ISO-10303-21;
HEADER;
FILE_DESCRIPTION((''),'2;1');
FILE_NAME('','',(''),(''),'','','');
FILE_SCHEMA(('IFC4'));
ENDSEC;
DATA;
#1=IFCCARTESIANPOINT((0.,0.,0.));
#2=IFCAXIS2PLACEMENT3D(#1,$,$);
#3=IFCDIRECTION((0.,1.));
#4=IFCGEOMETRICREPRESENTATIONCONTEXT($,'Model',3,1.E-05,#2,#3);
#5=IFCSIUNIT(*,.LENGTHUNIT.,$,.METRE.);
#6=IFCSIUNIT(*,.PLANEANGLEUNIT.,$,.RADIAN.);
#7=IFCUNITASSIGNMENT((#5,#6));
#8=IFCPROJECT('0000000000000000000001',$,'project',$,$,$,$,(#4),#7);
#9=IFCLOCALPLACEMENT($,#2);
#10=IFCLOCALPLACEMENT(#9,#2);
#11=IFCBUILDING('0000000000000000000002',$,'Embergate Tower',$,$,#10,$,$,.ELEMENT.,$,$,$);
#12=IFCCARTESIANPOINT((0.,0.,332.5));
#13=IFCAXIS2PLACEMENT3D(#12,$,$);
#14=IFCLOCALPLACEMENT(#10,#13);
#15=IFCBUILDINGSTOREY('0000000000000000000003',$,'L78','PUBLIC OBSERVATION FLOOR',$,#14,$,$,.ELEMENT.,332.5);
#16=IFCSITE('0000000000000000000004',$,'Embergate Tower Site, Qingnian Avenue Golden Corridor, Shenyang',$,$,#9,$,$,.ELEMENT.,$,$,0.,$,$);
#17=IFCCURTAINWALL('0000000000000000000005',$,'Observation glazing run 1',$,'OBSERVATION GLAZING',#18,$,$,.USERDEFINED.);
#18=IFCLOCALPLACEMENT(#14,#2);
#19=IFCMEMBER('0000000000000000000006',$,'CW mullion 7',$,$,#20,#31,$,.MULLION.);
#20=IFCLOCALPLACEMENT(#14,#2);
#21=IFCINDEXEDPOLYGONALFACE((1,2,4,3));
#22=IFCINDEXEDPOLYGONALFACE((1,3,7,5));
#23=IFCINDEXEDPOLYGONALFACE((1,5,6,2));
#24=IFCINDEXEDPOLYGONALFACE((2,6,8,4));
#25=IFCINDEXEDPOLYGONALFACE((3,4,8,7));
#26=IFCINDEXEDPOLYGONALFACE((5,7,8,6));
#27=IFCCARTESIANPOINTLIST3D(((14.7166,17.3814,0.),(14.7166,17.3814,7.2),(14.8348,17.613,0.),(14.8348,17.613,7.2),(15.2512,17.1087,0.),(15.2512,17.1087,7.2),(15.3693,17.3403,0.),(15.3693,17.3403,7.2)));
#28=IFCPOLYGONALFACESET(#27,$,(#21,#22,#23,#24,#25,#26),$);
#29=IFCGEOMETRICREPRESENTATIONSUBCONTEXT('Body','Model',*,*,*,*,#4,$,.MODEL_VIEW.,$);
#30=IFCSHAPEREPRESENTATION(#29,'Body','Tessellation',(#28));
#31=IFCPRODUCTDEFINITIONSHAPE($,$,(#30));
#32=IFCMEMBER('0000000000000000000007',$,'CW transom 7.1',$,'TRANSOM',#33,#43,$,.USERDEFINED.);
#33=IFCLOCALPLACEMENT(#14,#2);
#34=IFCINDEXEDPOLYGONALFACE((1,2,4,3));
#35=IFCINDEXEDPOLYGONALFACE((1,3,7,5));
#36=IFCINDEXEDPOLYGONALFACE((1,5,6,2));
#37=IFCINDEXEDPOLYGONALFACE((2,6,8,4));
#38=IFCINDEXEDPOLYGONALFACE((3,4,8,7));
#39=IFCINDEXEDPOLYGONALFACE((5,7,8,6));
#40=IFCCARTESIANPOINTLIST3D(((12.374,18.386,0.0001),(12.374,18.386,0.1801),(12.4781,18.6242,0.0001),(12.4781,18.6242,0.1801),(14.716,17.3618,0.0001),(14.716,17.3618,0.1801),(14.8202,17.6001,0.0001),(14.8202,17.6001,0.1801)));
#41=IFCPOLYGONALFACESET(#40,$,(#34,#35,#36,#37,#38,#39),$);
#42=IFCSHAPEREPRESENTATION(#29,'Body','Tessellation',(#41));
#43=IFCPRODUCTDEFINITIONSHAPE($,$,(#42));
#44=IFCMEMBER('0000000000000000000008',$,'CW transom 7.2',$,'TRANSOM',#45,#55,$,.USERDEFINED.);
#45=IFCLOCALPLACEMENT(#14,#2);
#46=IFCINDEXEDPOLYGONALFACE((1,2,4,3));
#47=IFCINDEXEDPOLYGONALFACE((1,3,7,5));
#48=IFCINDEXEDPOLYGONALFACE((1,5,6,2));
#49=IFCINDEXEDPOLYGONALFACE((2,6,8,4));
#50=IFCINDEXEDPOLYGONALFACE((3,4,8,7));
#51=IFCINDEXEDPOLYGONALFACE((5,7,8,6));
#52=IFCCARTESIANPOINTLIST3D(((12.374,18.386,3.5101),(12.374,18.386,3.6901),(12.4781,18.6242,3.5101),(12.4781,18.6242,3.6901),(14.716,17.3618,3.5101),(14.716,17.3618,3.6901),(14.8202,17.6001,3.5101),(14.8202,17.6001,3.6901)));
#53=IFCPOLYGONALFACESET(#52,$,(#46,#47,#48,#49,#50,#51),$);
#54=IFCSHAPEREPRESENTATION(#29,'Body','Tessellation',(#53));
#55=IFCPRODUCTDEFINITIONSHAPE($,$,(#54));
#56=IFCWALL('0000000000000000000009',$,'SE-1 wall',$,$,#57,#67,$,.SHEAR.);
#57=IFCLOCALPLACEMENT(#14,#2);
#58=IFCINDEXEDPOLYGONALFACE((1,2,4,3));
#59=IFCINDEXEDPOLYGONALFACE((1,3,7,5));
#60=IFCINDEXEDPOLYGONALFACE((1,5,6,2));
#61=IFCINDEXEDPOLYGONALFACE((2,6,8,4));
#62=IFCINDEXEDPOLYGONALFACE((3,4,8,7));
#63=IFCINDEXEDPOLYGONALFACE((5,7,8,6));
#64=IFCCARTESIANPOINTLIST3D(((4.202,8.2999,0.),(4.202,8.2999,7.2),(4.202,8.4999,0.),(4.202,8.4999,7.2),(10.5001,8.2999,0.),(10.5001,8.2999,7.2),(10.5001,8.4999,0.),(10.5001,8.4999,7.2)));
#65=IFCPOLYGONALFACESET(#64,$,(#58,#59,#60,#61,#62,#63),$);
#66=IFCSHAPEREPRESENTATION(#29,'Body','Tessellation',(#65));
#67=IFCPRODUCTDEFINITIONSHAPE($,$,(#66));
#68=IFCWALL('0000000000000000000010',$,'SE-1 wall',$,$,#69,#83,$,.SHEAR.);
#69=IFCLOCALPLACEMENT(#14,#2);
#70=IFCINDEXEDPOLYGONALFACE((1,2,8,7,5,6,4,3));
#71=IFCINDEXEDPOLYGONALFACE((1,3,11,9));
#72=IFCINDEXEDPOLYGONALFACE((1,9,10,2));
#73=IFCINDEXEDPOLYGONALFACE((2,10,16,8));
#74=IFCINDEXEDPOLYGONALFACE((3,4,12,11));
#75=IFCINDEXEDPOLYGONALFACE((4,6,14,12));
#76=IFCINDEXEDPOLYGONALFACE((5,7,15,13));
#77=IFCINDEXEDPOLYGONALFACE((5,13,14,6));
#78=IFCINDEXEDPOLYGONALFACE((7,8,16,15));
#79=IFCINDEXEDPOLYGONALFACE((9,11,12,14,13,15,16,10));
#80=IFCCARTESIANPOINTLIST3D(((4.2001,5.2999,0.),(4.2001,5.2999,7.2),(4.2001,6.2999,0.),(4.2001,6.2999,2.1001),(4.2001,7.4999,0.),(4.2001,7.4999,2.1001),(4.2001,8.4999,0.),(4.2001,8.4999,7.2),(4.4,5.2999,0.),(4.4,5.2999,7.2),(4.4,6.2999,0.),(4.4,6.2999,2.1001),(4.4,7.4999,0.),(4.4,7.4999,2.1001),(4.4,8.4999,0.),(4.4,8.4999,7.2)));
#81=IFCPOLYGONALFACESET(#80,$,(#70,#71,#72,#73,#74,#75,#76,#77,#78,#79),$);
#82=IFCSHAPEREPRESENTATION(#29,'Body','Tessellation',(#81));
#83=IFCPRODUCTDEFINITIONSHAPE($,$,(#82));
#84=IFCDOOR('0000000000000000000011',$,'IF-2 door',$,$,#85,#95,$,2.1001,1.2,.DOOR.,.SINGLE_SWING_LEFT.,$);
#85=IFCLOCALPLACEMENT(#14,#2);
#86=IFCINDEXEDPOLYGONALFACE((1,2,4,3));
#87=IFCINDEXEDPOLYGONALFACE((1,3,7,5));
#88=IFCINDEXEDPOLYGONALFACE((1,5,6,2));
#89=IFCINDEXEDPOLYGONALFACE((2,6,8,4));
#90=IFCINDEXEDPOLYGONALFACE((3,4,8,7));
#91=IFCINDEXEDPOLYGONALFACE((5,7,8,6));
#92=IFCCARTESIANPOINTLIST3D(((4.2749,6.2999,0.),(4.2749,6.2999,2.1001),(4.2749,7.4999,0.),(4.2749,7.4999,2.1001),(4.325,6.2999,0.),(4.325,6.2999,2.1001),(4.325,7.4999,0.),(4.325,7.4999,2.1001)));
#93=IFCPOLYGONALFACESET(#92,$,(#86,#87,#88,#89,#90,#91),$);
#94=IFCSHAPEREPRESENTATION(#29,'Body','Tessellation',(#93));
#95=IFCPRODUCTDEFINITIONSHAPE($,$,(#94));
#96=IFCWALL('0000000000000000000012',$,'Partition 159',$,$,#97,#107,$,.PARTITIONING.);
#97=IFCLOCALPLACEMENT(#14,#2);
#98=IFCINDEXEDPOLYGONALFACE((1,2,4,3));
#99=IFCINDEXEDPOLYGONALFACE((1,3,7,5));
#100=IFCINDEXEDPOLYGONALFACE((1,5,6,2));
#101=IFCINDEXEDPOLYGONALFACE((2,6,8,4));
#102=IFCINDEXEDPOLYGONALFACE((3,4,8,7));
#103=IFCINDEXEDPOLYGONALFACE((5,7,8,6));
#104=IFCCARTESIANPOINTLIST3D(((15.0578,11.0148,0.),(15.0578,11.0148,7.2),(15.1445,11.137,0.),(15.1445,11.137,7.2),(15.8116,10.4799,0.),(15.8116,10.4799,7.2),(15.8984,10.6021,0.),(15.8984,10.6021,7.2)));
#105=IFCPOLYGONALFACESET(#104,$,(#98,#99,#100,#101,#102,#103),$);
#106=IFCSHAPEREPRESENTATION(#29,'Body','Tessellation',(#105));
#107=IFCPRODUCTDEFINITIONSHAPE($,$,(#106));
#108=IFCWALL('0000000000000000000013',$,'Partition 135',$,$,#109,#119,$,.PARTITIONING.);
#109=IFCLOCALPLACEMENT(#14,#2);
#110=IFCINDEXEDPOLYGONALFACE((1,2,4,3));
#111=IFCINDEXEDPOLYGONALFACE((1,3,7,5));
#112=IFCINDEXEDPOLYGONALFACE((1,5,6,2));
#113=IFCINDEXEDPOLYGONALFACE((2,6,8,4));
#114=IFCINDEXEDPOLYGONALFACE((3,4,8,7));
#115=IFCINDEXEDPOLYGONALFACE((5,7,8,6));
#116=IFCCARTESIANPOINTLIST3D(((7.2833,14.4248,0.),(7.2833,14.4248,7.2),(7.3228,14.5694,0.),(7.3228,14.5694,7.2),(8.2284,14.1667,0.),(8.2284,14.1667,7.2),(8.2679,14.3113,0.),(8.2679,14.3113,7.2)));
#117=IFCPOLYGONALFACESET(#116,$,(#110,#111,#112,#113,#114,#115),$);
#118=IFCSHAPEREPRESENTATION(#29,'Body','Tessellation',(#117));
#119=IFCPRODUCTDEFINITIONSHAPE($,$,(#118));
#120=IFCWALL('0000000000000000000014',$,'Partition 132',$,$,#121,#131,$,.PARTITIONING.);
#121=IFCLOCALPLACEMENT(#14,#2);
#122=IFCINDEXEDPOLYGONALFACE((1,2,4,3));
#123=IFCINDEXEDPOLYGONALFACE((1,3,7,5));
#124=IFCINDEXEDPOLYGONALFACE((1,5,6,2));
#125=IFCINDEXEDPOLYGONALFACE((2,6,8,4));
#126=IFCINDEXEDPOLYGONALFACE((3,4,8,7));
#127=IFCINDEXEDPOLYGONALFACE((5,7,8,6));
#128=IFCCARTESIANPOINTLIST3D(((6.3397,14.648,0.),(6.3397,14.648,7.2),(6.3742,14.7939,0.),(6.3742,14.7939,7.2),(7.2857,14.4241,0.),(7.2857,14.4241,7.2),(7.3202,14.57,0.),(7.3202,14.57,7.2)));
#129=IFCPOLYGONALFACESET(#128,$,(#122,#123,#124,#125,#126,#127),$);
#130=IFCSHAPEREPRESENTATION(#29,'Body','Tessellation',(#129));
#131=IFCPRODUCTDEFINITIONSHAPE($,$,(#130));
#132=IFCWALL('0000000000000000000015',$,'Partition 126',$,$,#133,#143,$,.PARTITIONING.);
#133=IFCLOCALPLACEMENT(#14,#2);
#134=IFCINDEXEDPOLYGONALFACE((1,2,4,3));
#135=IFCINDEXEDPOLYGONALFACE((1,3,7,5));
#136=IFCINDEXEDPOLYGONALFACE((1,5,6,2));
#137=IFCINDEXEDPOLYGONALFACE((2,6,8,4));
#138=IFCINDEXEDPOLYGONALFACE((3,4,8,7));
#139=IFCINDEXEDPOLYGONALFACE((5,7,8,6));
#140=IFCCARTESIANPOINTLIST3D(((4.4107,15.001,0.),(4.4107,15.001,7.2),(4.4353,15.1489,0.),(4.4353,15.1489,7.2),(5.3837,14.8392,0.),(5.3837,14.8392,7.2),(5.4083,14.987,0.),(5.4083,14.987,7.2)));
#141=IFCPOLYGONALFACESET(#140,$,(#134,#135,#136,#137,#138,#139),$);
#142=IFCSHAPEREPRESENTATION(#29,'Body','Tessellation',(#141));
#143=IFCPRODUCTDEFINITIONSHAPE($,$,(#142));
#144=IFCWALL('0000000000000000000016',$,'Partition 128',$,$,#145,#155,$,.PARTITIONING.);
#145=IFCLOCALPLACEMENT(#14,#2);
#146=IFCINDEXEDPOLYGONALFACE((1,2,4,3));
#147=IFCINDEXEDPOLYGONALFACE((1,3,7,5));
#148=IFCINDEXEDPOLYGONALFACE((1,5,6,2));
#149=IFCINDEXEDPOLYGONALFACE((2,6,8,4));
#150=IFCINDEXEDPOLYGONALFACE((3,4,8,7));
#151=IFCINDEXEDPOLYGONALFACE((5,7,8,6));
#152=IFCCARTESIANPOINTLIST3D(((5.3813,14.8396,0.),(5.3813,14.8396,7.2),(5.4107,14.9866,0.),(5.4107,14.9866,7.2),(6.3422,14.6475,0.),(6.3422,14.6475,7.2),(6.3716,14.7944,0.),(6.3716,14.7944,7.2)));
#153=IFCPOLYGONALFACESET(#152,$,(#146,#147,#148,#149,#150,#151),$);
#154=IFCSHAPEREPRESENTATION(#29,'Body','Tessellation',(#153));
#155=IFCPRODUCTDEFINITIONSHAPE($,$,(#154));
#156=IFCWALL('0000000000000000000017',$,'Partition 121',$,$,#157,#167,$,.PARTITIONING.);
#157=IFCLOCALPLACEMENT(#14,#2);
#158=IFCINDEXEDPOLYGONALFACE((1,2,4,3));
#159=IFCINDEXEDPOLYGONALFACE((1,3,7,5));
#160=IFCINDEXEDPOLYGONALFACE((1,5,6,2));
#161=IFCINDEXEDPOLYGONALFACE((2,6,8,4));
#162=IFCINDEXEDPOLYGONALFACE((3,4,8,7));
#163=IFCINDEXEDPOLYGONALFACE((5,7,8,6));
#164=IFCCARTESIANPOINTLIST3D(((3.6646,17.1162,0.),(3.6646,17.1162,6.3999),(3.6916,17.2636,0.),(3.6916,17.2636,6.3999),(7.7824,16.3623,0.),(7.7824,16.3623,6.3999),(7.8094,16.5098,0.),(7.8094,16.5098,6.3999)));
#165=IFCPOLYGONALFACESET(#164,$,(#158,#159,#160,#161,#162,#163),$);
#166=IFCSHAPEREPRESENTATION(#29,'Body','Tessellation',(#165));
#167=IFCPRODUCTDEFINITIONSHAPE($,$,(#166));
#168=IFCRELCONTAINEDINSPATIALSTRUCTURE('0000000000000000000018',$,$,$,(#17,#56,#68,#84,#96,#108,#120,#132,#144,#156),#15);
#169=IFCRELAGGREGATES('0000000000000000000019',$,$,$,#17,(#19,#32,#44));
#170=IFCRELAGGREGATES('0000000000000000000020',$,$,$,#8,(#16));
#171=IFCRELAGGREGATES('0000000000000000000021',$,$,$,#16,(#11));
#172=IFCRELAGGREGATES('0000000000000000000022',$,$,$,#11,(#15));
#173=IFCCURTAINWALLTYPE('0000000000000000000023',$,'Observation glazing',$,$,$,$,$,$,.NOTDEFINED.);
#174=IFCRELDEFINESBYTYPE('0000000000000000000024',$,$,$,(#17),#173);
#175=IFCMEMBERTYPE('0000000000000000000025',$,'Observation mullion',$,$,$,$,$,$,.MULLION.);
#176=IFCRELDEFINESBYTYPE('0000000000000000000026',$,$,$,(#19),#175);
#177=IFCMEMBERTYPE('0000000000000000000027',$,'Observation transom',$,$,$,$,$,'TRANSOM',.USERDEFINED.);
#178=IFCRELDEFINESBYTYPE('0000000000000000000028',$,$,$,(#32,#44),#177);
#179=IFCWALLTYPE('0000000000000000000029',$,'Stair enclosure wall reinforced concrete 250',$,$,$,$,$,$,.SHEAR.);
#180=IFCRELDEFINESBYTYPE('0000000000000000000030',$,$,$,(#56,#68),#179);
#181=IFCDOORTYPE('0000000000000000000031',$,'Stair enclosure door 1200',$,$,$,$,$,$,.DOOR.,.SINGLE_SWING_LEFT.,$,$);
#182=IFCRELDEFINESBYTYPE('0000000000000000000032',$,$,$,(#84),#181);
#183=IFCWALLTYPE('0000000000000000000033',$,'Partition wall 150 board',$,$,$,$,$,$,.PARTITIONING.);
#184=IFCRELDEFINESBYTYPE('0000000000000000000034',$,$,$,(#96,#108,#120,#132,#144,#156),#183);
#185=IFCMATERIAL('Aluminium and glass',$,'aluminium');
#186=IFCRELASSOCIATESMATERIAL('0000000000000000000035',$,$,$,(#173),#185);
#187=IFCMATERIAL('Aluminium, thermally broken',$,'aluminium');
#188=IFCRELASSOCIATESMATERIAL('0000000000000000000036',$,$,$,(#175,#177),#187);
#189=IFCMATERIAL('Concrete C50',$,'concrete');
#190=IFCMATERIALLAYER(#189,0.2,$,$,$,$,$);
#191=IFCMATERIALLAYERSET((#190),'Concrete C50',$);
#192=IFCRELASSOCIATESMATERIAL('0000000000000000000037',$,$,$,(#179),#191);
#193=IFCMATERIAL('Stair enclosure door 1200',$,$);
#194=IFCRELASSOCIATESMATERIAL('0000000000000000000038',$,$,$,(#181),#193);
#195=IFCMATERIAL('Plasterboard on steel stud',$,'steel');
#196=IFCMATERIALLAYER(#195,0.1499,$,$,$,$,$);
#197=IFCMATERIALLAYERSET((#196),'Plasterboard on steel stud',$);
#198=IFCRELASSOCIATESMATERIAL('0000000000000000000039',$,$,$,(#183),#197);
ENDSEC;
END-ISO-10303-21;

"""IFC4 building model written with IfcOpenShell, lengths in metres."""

from ifc_helpers import new_model, si_unit, direction, frame, frame_2d, origin, origin_2d, place, context, subcontext, project, spatial, rectangle, extrude, source, transform, mapped, material, layer, layer_set, material_profile, profile_set, type_object, element, fill, aggregate, save


model = new_model("IFC4")

# Units and contexts
model_context = context("Model", 3, precision=1e-05, world=origin(), true_north=direction((0.0, 1.0)))
body_context = subcontext(model_context, "Body", "Model", "MODEL_VIEW")
ifc_project = project(units=[si_unit("LENGTHUNIT", "METRE"), si_unit("PLANEANGLEUNIT", "RADIAN")], contexts=[model_context])

# Site, building, storey
site_placement = place(None, origin())
site = spatial("IfcSite", under=ifc_project, at=site_placement, Name="Embergate Tower Site, Qingnian Avenue Golden Corridor, Shenyang", CompositionType="ELEMENT", RefElevation=0.0)
building_placement = place(site_placement, origin())
building = spatial("IfcBuilding", under=site, at=building_placement, Name="Embergate Tower", CompositionType="ELEMENT")
storey_placement = place(building_placement, frame((0.0, 0.0, 332.5)))
storey = spatial("IfcBuildingStorey", under=building, at=storey_placement, Name="L78", Description="PUBLIC OBSERVATION FLOOR", CompositionType="ELEMENT", Elevation=332.5)

# Curtain wall, members
ifc_material_1 = material(Name="Aluminium and glass", Category="aluminium")
curtain_wall_type = type_object("IfcCurtainWallType", Name="Observation glazing", PredefinedType="NOTDEFINED", material=ifc_material_1)
curtain_wall_placement = place(storey_placement, origin())
curtain_wall = element("IfcCurtainWall", 1, at=curtain_wall_placement, inside=storey, type_object=curtain_wall_type, Name="Observation glazing run 1", ObjectType="OBSERVATION GLAZING", PredefinedType="USERDEFINED")
ifc_material_2 = material(Name="Aluminium, thermally broken", Category="aluminium")
ifc_material_profile_1 = material_profile(ifc_material_2, rectangle(XDim=0.26, YDim=0.6001, at=origin_2d()), Name="AL 600x260")
ifc_profile_set_1 = profile_set([ifc_material_profile_1], Name="Aluminium, thermally broken")
member_type_1 = type_object("IfcMemberType", Name="Observation mullion", PredefinedType="MULLION", material=ifc_profile_set_1)
shared_shape_1 = source(origin(), body_context, "Body", "SweptSolid", [
    extrude(rectangle(XDim=0.26, YDim=0.6001, at=origin_2d()), origin(), (0.0, 0.0, 1.0), 7.2),
])
member_1_placement = place(storey_placement, frame((15.043, 17.3608, 0.0), z_axis=(0.0, 0.0, 1.0), x_axis=(-0.454494, -0.89075, 0.0)))
member_1 = element("IfcMember", 2, at=member_1_placement, type_object=member_type_1, Name="CW mullion 7", PredefinedType="MULLION", context=body_context, shape_type="MappedRepresentation", body=[
    mapped(shared_shape_1, transform((0.0, 0.0, 0.0))),
])
ifc_material_profile_2 = material_profile(ifc_material_2, rectangle(XDim=0.26, YDim=0.1799, at=origin_2d()), Name="AL 180x260")
ifc_profile_set_2 = profile_set([ifc_material_profile_2], Name="Aluminium, thermally broken")
member_type_2 = type_object("IfcMemberType", Name="Observation transom", ElementType="TRANSOM", PredefinedType="USERDEFINED", material=ifc_profile_set_2)
shared_shape_2 = source(origin(), body_context, "Body", "SweptSolid", [
    extrude(rectangle(XDim=0.26, YDim=0.1799, at=origin_2d()), origin(), (0.0, 0.0, 1.0), 2.5562),
])
member_2_placement = place(storey_placement, frame((14.7681, 17.481, 0.0901), z_axis=(-0.916225, 0.400664, 0.0), x_axis=(-0.400664, -0.916225, 0.0)))
member_2 = element("IfcMember", 3, at=member_2_placement, type_object=member_type_2, Name="CW transom 7.1", ObjectType="TRANSOM", PredefinedType="USERDEFINED", context=body_context, shape_type="MappedRepresentation", body=[
    mapped(shared_shape_2, transform((0.0, 0.0, 0.0))),
])
member_3_placement = place(storey_placement, frame((14.7681, 17.481, 3.6001), z_axis=(-0.916225, 0.400664, 0.0), x_axis=(-0.400664, -0.916225, 0.0)))
member_3 = element("IfcMember", 4, at=member_3_placement, type_object=member_type_2, Name="CW transom 7.2", ObjectType="TRANSOM", PredefinedType="USERDEFINED", context=body_context, shape_type="MappedRepresentation", body=[
    mapped(shared_shape_2, transform((0.0, 0.0, 0.0))),
])
aggregate(curtain_wall, [member_1, member_2, member_3])

# Wall
ifc_material_3 = material(Name="Concrete C50", Category="concrete")
ifc_layer_1 = layer(ifc_material_3, 0.2)
ifc_layer_set_1 = layer_set([ifc_layer_1], Name="Concrete C50")
wall_type_1 = type_object("IfcWallType", Name="Stair enclosure wall reinforced concrete 250", PredefinedType="SHEAR", material=ifc_layer_set_1)
shared_shape_3 = source(origin(), body_context, "Body", "SweptSolid", [
    extrude(rectangle(XDim=6.2981, YDim=0.2, at=frame_2d((3.1489, 0.0))), origin(), (0.0, 0.0, 1.0), 7.2),
])
wall_1_placement = place(storey_placement, frame((10.5, 8.3999, 0.0), z_axis=(0.0, 0.0, 1.0), x_axis=(-1.0, 0.0, 0.0)))
element("IfcWall", 5, at=wall_1_placement, inside=storey, type_object=wall_type_1, Name="SE-1 wall", PredefinedType="SHEAR", context=body_context, shape_type="MappedRepresentation", body=[
    mapped(shared_shape_3, transform((0.0, 0.0, 0.0))),
])

# Wall, opening, door
shared_shape_4 = source(origin(), body_context, "Body", "SweptSolid", [
    extrude(rectangle(XDim=3.2, YDim=0.2, at=frame_2d((1.6001, 0.0))), origin(), (0.0, 0.0, 1.0), 7.2),
])
wall_2_placement = place(storey_placement, frame((4.3, 8.5, 0.0), z_axis=(0.0, 0.0, 1.0), x_axis=(0.0, -1.0, 0.0)))
wall_2 = element("IfcWall", 6, at=wall_2_placement, inside=storey, type_object=wall_type_1, Name="SE-1 wall", PredefinedType="SHEAR", context=body_context, shape_type="MappedRepresentation", body=[
    mapped(shared_shape_4, transform((0.0, 0.0, 0.0))),
])
shared_shape_5 = source(origin(), body_context, "Body", "SweptSolid", [
    extrude(rectangle(XDim=1.2, YDim=2.1001, at=frame_2d((0.6001, 1.05))), frame((0.0, 0.1099, 0.0), z_axis=(0.0, -1.0, 0.0), x_axis=(1.0, 0.0, 0.0)), (0.0, 0.0, 1.0), 0.22),
])
opening_1_placement = place(wall_2_placement, frame((1.0, 0.0, 0.0)))
opening_1 = element("IfcOpeningElement", 7, at=opening_1_placement, cuts=wall_2, PredefinedType="OPENING", context=body_context, shape_type="MappedRepresentation", body=[
    mapped(shared_shape_5, transform((0.0, 0.0, 0.0))),
])
ifc_material_4 = material(Name="Stair enclosure door 1200")
door_type_1 = type_object("IfcDoorType", Name="Stair enclosure door 1200", OperationType="SINGLE_SWING_LEFT", PredefinedType="DOOR", material=ifc_material_4)
shared_shape_6 = source(origin(), body_context, "Body", "SweptSolid", [
    extrude(rectangle(XDim=1.2, YDim=2.1001, at=frame_2d((0.6001, 1.05))), frame((0.0, 0.0249, 0.0), z_axis=(0.0, -1.0, 0.0), x_axis=(1.0, 0.0, 0.0)), (0.0, 0.0, 1.0), 0.05),
])
door_1_placement = place(opening_1_placement, origin())
door_1 = element("IfcDoor", 8, at=door_1_placement, inside=storey, type_object=door_type_1, Name="IF-2 door", OperationType="SINGLE_SWING_LEFT", OverallHeight=2.1001, OverallWidth=1.2, PredefinedType="DOOR", context=body_context, shape_type="MappedRepresentation", body=[
    mapped(shared_shape_6, transform((0.0, 0.0, 0.0))),
])
fill(opening_1, door_1)

# Walls
ifc_material_5 = material(Name="Plasterboard on steel stud", Category="steel")
ifc_layer_2 = layer(ifc_material_5, 0.1499)
ifc_layer_set_2 = layer_set([ifc_layer_2], Name="Plasterboard on steel stud")
wall_type_2 = type_object("IfcWallType", Name="Partition wall 150 board", PredefinedType="PARTITIONING", material=ifc_layer_set_2)
shared_shape_7 = source(origin(), body_context, "Body", "SweptSolid", [
    extrude(rectangle(XDim=0.9243, YDim=0.1499, at=frame_2d((0.4622, 0.0))), origin(), (0.0, 0.0, 1.0), 7.2),
])
wall_3_placement = place(storey_placement, frame((15.855, 10.541, 0.0), z_axis=(0.0, 0.0, 1.0), x_axis=(-0.815567, 0.578662, 0.0)))
element("IfcWall", 9, at=wall_3_placement, inside=storey, type_object=wall_type_2, Name="Partition 159", PredefinedType="PARTITIONING", context=body_context, shape_type="MappedRepresentation", body=[
    mapped(shared_shape_7, transform((0.0, 0.0, 0.0))),
])
shared_shape_8 = source(origin(), body_context, "Body", "SweptSolid", [
    extrude(rectangle(XDim=0.9797, YDim=0.1499, at=frame_2d((0.4897, 0.0))), origin(), (0.0, 0.0, 1.0), 7.2),
])
wall_4_placement = place(storey_placement, frame((8.248, 14.239, 0.0), z_axis=(0.0, 0.0, 1.0), x_axis=(-0.964683, 0.263413, 0.0)))
element("IfcWall", 10, at=wall_4_placement, inside=storey, type_object=wall_type_2, Name="Partition 135", PredefinedType="PARTITIONING", context=body_context, shape_type="MappedRepresentation", body=[
    mapped(shared_shape_8, transform((0.0, 0.0, 0.0))),
])
shared_shape_9 = source(origin(), body_context, "Body", "SweptSolid", [
    extrude(rectangle(XDim=0.9722, YDim=0.1499, at=frame_2d((0.4861, 0.0))), origin(), (0.0, 0.0, 1.0), 7.2),
])
wall_5_placement = place(storey_placement, frame((7.303, 14.4971, 0.0), z_axis=(0.0, 0.0, 1.0), x_axis=(-0.973123, 0.230285, 0.0)))
element("IfcWall", 11, at=wall_5_placement, inside=storey, type_object=wall_type_2, Name="Partition 132", PredefinedType="PARTITIONING", context=body_context, shape_type="MappedRepresentation", body=[
    mapped(shared_shape_9, transform((0.0, 0.0, 0.0))),
])
shared_shape_10 = source(origin(), body_context, "Body", "SweptSolid", [
    extrude(rectangle(XDim=0.9863, YDim=0.1499, at=frame_2d((0.4932, 0.0))), origin(), (0.0, 0.0, 1.0), 7.2),
])
wall_6_placement = place(storey_placement, frame((5.396, 14.9131, 0.0), z_axis=(0.0, 0.0, 1.0), x_axis=(-0.986441, 0.164118, 0.0)))
element("IfcWall", 12, at=wall_6_placement, inside=storey, type_object=wall_type_2, Name="Partition 126", PredefinedType="PARTITIONING", context=body_context, shape_type="MappedRepresentation", body=[
    mapped(shared_shape_10, transform((0.0, 0.0, 0.0))),
])
shared_shape_11 = source(origin(), body_context, "Body", "SweptSolid", [
    extrude(rectangle(XDim=0.98, YDim=0.1499, at=frame_2d((0.49, 0.0))), origin(), (0.0, 0.0, 1.0), 7.2),
])
wall_7_placement = place(storey_placement, frame((6.3569, 14.7209, 0.0), z_axis=(0.0, 0.0, 1.0), x_axis=(-0.98059, 0.196068, 0.0)))
element("IfcWall", 13, at=wall_7_placement, inside=storey, type_object=wall_type_2, Name="Partition 128", PredefinedType="PARTITIONING", context=body_context, shape_type="MappedRepresentation", body=[
    mapped(shared_shape_11, transform((0.0, 0.0, 0.0))),
])
shared_shape_12 = source(origin(), body_context, "Body", "SweptSolid", [
    extrude(rectangle(XDim=4.1863, YDim=0.1499, at=frame_2d((2.0933, 0.0))), origin(), (0.0, 0.0, 1.0), 6.3999),
])
wall_8_placement = place(storey_placement, frame((3.678, 17.1899, 0.0), z_axis=(0.0, 0.0, 1.0), x_axis=(0.983651, -0.180086, 0.0)))
element("IfcWall", 14, at=wall_8_placement, inside=storey, type_object=wall_type_2, Name="Partition 121", PredefinedType="PARTITIONING", context=body_context, shape_type="MappedRepresentation", body=[
    mapped(shared_shape_12, transform((0.0, 0.0, 0.0))),
])

save(model, "model.ifc")
